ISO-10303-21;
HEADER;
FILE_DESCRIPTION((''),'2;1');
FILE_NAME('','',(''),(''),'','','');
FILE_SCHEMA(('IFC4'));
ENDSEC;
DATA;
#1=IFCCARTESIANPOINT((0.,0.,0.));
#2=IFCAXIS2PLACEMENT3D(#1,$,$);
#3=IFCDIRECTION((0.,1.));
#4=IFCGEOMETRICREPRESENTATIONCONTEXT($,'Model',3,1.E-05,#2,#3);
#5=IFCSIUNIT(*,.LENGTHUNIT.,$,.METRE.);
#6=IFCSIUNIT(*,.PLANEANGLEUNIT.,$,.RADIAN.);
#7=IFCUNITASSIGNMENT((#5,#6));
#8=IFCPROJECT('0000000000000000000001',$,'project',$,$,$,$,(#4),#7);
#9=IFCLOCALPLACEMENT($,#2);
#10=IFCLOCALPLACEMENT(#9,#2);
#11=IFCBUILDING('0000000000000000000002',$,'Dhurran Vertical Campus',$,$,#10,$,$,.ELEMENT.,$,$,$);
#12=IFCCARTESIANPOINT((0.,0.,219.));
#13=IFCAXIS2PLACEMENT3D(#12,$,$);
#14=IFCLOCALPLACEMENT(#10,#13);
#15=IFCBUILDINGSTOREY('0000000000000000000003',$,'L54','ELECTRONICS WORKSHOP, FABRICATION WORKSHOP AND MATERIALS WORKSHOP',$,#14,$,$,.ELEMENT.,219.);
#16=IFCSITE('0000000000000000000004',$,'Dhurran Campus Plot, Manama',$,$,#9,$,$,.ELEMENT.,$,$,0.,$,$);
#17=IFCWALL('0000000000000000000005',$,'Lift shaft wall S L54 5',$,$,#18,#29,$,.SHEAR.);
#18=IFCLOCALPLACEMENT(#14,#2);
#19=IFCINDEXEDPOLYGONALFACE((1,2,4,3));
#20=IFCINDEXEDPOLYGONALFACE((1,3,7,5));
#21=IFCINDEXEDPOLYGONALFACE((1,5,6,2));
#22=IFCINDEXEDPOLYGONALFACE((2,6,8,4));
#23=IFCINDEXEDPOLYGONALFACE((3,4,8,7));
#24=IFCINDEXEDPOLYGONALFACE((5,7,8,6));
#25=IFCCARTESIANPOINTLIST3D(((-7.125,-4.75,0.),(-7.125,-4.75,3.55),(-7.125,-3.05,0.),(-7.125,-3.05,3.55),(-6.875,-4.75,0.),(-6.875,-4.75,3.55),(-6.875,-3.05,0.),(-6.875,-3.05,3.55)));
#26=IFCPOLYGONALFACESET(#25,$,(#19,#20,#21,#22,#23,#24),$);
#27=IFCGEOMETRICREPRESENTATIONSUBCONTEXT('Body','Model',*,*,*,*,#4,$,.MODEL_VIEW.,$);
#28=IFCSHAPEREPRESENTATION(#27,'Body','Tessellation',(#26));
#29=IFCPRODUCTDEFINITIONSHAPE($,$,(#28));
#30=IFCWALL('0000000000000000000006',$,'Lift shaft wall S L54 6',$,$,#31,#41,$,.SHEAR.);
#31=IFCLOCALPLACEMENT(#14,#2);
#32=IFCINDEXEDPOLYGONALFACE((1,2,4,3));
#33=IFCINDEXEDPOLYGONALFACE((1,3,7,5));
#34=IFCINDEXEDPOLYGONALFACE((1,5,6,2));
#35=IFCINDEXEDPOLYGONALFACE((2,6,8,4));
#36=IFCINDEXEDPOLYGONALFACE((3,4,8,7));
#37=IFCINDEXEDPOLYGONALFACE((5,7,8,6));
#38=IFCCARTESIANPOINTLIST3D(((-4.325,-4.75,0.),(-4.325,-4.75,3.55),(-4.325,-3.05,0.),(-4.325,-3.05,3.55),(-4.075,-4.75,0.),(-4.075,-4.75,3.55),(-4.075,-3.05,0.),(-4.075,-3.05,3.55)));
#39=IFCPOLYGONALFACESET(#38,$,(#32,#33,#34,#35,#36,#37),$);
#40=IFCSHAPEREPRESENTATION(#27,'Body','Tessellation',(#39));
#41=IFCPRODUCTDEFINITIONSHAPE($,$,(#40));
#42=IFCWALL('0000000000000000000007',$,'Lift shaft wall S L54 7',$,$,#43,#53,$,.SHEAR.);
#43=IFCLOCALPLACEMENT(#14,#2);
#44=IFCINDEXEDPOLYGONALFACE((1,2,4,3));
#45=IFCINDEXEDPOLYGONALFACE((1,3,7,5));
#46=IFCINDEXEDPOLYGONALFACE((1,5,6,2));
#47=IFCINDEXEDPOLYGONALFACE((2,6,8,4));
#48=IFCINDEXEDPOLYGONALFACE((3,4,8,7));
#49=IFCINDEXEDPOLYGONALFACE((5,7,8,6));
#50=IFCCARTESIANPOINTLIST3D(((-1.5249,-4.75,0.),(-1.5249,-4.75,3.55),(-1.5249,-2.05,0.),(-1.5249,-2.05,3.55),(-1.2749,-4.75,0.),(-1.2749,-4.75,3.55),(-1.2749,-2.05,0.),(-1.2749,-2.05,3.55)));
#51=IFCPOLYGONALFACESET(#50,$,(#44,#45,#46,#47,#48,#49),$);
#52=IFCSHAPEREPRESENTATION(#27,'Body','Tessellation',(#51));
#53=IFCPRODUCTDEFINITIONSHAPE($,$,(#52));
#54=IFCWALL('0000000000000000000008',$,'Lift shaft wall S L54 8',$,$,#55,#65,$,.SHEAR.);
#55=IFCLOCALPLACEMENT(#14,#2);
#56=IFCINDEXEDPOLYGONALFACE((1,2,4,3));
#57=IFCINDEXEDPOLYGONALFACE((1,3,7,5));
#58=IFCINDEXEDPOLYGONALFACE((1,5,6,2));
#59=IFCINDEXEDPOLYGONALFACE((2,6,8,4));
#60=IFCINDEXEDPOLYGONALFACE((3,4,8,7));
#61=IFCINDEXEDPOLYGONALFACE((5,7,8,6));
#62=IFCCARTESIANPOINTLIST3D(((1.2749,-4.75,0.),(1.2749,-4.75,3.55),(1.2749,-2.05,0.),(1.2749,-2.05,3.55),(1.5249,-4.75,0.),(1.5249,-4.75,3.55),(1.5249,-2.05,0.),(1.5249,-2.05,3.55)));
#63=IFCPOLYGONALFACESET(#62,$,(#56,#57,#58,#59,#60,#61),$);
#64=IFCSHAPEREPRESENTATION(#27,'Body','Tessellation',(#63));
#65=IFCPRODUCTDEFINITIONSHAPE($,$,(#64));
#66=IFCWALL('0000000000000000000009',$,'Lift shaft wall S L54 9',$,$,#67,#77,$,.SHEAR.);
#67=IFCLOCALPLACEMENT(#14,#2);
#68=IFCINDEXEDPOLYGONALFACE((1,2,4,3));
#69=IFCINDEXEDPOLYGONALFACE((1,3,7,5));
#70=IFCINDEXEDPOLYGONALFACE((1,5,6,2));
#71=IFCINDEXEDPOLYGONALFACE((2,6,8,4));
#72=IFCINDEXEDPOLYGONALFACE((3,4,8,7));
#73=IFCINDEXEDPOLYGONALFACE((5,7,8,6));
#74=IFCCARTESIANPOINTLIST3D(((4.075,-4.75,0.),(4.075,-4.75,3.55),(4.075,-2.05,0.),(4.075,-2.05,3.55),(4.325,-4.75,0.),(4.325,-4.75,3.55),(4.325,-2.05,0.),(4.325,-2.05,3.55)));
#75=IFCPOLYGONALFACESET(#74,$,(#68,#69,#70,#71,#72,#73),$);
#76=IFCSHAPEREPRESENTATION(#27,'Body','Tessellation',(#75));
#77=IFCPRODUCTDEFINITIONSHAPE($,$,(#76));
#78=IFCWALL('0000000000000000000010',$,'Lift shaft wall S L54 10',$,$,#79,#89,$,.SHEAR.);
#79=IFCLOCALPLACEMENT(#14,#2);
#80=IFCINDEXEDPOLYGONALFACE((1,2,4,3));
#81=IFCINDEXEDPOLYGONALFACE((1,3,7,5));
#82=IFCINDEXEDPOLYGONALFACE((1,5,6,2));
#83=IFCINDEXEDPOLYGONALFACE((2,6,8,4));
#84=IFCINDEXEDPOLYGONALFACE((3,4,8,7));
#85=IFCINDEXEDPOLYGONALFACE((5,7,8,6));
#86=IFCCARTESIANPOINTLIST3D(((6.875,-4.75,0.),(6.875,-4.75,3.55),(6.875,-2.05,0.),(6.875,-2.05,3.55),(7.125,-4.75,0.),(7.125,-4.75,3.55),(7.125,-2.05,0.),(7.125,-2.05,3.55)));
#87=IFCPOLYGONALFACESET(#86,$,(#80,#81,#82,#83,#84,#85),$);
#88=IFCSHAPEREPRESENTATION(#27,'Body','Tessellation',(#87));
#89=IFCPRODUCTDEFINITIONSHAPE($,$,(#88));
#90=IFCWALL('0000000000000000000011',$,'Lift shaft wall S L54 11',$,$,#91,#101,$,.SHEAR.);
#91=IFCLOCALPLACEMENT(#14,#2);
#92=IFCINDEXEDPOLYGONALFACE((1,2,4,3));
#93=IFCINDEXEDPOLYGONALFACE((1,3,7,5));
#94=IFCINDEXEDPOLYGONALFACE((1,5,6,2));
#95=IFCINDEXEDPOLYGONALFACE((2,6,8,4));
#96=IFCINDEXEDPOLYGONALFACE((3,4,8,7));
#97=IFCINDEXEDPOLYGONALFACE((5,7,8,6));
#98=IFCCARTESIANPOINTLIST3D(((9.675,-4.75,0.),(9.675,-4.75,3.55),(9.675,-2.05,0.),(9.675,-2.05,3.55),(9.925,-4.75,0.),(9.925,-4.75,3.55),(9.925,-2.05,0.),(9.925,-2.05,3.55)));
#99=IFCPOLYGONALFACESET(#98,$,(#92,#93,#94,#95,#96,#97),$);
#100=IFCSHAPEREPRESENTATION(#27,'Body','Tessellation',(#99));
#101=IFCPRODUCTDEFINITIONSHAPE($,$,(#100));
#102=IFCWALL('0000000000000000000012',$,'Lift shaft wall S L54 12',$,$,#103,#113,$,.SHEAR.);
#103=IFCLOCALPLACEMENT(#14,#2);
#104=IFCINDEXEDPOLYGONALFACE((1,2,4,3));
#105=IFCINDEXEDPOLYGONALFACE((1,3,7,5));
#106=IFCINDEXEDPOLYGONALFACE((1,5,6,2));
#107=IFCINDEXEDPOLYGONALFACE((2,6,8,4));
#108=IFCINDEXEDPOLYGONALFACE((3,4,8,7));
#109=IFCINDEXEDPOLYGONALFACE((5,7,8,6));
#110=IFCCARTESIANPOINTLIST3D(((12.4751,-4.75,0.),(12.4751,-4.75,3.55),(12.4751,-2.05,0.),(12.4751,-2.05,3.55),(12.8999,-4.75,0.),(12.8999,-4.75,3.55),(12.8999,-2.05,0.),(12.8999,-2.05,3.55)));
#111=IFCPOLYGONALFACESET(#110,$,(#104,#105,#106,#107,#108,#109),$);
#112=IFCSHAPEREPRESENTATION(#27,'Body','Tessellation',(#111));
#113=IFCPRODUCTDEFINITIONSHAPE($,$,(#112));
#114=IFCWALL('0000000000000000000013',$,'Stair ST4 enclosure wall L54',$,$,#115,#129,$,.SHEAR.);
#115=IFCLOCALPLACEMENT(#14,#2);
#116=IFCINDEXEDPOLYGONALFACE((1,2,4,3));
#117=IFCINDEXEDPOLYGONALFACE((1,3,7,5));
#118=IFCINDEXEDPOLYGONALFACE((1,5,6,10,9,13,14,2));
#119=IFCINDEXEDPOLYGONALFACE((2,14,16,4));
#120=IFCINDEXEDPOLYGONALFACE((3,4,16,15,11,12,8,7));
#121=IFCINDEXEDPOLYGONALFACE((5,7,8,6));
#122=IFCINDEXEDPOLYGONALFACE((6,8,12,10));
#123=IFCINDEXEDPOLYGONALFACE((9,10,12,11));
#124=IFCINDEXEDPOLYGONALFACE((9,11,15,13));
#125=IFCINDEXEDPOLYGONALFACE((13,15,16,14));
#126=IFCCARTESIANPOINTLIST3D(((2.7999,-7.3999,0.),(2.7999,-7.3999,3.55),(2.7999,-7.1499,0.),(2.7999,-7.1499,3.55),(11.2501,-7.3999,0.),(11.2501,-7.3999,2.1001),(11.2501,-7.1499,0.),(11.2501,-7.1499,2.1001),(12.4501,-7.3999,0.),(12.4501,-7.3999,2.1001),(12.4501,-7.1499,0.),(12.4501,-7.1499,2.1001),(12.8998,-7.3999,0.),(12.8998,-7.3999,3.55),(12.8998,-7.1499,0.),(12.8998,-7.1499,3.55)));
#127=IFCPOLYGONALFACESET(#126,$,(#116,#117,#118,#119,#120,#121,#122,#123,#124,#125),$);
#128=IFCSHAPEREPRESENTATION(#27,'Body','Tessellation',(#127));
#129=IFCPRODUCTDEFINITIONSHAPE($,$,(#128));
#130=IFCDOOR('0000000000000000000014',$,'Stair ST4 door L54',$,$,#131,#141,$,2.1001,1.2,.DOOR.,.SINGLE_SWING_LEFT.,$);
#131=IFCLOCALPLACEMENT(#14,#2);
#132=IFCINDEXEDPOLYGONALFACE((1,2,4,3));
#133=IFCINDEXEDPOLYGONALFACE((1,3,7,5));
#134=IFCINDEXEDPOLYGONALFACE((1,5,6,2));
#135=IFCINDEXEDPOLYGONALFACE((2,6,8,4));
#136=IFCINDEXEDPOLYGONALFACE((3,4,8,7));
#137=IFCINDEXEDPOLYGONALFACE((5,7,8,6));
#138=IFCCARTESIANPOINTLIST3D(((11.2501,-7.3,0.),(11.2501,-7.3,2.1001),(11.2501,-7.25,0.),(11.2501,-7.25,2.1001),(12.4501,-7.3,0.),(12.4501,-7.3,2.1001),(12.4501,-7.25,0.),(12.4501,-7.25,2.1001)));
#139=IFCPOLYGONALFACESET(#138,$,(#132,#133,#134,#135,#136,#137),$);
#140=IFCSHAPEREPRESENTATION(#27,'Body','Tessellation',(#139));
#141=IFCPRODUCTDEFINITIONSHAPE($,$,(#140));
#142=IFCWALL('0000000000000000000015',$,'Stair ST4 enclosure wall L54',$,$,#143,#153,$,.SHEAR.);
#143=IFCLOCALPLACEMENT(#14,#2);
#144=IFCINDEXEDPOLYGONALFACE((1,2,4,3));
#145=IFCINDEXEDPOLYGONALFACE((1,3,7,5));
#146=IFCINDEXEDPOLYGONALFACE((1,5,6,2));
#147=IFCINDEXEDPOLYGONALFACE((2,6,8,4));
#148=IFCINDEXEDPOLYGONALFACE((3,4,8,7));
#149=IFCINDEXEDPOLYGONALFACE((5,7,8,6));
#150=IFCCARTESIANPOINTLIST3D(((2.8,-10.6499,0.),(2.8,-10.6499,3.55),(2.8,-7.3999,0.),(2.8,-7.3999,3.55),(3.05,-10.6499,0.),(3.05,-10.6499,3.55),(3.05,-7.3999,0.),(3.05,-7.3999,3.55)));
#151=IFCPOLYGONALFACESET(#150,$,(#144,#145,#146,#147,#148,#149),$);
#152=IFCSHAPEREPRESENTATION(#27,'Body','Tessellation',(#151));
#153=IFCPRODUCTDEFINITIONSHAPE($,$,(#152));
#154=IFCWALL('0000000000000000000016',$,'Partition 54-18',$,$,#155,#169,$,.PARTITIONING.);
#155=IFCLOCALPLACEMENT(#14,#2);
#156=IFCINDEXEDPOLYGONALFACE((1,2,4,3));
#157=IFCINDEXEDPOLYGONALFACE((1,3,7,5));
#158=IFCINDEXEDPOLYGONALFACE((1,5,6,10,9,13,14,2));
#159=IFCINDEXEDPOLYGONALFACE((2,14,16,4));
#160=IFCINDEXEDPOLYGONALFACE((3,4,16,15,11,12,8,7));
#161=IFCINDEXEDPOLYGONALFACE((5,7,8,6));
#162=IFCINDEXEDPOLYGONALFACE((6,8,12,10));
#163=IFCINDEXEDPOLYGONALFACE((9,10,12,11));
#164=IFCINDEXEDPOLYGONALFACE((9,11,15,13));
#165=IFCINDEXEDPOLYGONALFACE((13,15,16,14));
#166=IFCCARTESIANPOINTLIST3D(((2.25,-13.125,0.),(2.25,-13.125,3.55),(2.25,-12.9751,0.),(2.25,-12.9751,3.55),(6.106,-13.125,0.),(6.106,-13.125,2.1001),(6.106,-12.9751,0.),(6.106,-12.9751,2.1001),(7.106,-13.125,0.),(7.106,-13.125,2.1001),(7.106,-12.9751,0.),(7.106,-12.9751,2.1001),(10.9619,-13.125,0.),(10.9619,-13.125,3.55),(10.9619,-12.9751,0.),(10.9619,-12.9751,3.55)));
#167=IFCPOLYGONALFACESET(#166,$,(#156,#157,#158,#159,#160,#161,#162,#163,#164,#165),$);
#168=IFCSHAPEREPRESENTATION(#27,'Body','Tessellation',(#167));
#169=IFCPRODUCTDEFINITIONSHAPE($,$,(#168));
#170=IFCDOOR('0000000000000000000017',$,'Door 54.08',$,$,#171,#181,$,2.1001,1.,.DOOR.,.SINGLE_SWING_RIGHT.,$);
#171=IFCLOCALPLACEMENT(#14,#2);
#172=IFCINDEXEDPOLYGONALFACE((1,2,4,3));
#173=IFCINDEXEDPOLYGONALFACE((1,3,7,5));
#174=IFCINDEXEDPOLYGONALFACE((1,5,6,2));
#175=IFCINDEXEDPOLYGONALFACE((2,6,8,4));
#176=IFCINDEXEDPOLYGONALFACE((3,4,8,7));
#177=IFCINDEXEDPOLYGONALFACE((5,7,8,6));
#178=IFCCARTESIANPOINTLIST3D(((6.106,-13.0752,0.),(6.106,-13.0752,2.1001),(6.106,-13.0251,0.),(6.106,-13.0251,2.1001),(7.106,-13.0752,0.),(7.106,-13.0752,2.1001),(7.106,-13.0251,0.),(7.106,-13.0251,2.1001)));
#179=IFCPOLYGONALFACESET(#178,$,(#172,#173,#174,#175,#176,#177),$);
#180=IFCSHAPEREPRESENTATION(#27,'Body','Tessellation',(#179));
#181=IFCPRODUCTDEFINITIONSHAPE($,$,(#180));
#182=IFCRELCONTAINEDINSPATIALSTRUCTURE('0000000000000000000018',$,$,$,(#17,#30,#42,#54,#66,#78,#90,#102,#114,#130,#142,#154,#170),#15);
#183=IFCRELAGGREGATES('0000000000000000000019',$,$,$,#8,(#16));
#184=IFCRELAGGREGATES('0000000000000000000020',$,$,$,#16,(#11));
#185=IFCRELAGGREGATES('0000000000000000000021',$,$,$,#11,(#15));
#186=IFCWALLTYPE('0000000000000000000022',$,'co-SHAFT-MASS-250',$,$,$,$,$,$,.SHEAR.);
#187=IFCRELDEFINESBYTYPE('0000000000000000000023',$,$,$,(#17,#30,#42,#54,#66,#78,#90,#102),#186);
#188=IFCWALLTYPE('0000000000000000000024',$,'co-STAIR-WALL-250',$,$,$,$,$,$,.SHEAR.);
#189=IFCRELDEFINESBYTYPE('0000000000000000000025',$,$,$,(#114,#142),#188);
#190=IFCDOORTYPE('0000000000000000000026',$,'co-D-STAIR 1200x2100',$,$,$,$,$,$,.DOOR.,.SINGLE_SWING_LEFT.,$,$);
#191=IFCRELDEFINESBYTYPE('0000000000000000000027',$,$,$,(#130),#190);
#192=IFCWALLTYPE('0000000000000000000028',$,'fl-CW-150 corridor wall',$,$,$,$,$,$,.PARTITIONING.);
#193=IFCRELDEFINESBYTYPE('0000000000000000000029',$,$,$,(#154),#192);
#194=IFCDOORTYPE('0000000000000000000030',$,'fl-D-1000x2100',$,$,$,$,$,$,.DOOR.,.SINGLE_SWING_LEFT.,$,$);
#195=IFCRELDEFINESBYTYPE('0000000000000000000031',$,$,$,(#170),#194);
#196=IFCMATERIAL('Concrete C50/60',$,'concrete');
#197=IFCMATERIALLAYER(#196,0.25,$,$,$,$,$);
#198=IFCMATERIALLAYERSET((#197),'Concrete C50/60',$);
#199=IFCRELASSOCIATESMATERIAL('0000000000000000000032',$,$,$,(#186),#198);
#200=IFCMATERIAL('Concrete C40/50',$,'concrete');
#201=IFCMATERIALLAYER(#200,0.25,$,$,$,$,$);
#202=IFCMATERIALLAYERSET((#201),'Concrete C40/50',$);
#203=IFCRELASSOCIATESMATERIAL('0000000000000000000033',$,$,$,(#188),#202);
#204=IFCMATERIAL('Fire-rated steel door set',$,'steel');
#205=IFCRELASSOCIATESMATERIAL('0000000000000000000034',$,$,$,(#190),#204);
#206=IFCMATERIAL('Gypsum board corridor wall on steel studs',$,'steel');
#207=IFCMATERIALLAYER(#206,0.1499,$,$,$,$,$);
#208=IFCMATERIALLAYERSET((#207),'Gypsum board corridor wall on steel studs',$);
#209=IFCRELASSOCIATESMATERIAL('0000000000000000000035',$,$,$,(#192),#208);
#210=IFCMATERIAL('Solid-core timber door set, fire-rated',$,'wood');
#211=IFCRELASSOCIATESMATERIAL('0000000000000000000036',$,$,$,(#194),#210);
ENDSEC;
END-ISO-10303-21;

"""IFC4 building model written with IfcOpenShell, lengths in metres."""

from ifc_helpers import new_model, si_unit, direction, frame, frame_2d, origin, place, context, subcontext, project, spatial, polyline, rectangle, outline, extrude, material, layer, layer_set, type_object, element, fill, save


model = new_model("IFC4")

# Units and contexts
model_context = context("Model", 3, precision=1e-05, world=origin(), true_north=direction((0.0, 1.0)))
body_context = subcontext(model_context, "Body", "Model", "MODEL_VIEW")
ifc_project = project(units=[si_unit("LENGTHUNIT", "METRE"), si_unit("PLANEANGLEUNIT", "RADIAN")], contexts=[model_context])

# Site, building, storey
site_placement = place(None, origin())
site = spatial("IfcSite", under=ifc_project, at=site_placement, Name="Dhurran Campus Plot, Manama", CompositionType="ELEMENT", RefElevation=0.0)
building_placement = place(site_placement, origin())
building = spatial("IfcBuilding", under=site, at=building_placement, Name="Dhurran Vertical Campus", CompositionType="ELEMENT")
storey_placement = place(building_placement, frame((0.0, 0.0, 219.0)))
storey = spatial("IfcBuildingStorey", under=building, at=storey_placement, Name="L54", Description="ELECTRONICS WORKSHOP, FABRICATION WORKSHOP AND MATERIALS WORKSHOP", CompositionType="ELEMENT", Elevation=219.0)

# Walls
ifc_material_1 = material(Name="Concrete C50/60", Category="concrete")
ifc_layer_1 = layer(ifc_material_1, 0.25)
ifc_layer_set_1 = layer_set([ifc_layer_1], Name="Concrete C50/60")
wall_type_1 = type_object("IfcWallType", Name="co-SHAFT-MASS-250", PredefinedType="SHEAR", material=ifc_layer_set_1)
wall_1_placement = place(storey_placement, origin())
element("IfcWall", 1, at=wall_1_placement, inside=storey, type_object=wall_type_1, Name="Lift shaft wall S L54 5", PredefinedType="SHEAR", context=body_context, shape_type="SweptSolid", body=[
    extrude(outline(polyline([(-7.125, -4.75), (-6.875, -4.75), (-6.875, -3.05), (-7.125, -3.05), (-7.125, -4.75)])), origin(), (0.0, 0.0, 1.0), 3.55),
])
wall_2_placement = place(storey_placement, origin())
element("IfcWall", 2, at=wall_2_placement, inside=storey, type_object=wall_type_1, Name="Lift shaft wall S L54 6", PredefinedType="SHEAR", context=body_context, shape_type="SweptSolid", body=[
    extrude(outline(polyline([(-4.325, -4.75), (-4.075, -4.75), (-4.075, -3.05), (-4.325, -3.05), (-4.325, -4.75)])), origin(), (0.0, 0.0, 1.0), 3.55),
])
wall_3_placement = place(storey_placement, origin())
element("IfcWall", 3, at=wall_3_placement, inside=storey, type_object=wall_type_1, Name="Lift shaft wall S L54 7", PredefinedType="SHEAR", context=body_context, shape_type="SweptSolid", body=[
    extrude(outline(polyline([(-1.5249, -4.75), (-1.2749, -4.75), (-1.2749, -2.05), (-1.5249, -2.05), (-1.5249, -4.75)])), origin(), (0.0, 0.0, 1.0), 3.55),
])
wall_4_placement = place(storey_placement, origin())
element("IfcWall", 4, at=wall_4_placement, inside=storey, type_object=wall_type_1, Name="Lift shaft wall S L54 8", PredefinedType="SHEAR", context=body_context, shape_type="SweptSolid", body=[
    extrude(outline(polyline([(1.2749, -4.75), (1.5249, -4.75), (1.5249, -2.05), (1.2749, -2.05), (1.2749, -4.75)])), origin(), (0.0, 0.0, 1.0), 3.55),
])
wall_5_placement = place(storey_placement, origin())
element("IfcWall", 5, at=wall_5_placement, inside=storey, type_object=wall_type_1, Name="Lift shaft wall S L54 9", PredefinedType="SHEAR", context=body_context, shape_type="SweptSolid", body=[
    extrude(outline(polyline([(4.075, -4.75), (4.325, -4.75), (4.325, -2.05), (4.075, -2.05), (4.075, -4.75)])), origin(), (0.0, 0.0, 1.0), 3.55),
])
wall_6_placement = place(storey_placement, origin())
element("IfcWall", 6, at=wall_6_placement, inside=storey, type_object=wall_type_1, Name="Lift shaft wall S L54 10", PredefinedType="SHEAR", context=body_context, shape_type="SweptSolid", body=[
    extrude(outline(polyline([(6.875, -4.75), (7.125, -4.75), (7.125, -2.05), (6.875, -2.05), (6.875, -4.75)])), origin(), (0.0, 0.0, 1.0), 3.55),
])
wall_7_placement = place(storey_placement, origin())
element("IfcWall", 7, at=wall_7_placement, inside=storey, type_object=wall_type_1, Name="Lift shaft wall S L54 11", PredefinedType="SHEAR", context=body_context, shape_type="SweptSolid", body=[
    extrude(outline(polyline([(9.675, -4.75), (9.925, -4.75), (9.925, -2.05), (9.675, -2.05), (9.675, -4.75)])), origin(), (0.0, 0.0, 1.0), 3.55),
])
wall_8_placement = place(storey_placement, origin())
element("IfcWall", 8, at=wall_8_placement, inside=storey, type_object=wall_type_1, Name="Lift shaft wall S L54 12", PredefinedType="SHEAR", context=body_context, shape_type="SweptSolid", body=[
    extrude(outline(polyline([(12.4751, -4.75), (12.8999, -4.75), (12.8999, -2.05), (12.4751, -2.05), (12.4751, -4.75)])), origin(), (0.0, 0.0, 1.0), 3.55),
])

# Wall, opening, door
ifc_material_2 = material(Name="Concrete C40/50", Category="concrete")
ifc_layer_2 = layer(ifc_material_2, 0.25)
ifc_layer_set_2 = layer_set([ifc_layer_2], Name="Concrete C40/50")
wall_type_2 = type_object("IfcWallType", Name="co-STAIR-WALL-250", PredefinedType="SHEAR", material=ifc_layer_set_2)
wall_9_placement = place(storey_placement, frame((2.8, -7.2749, 0.0), z_axis=(0.0, 0.0, 1.0), x_axis=(1.0, 0.0, 0.0)))
wall_9 = element("IfcWall", 9, at=wall_9_placement, inside=storey, type_object=wall_type_2, Name="Stair ST4 enclosure wall L54", PredefinedType="SHEAR", context=body_context, shape_type="SweptSolid", body=[
    extrude(rectangle(XDim=10.0999, YDim=0.25, at=frame_2d((5.0498, 0.0))), origin(), (0.0, 0.0, 1.0), 3.55),
])
opening_1_placement = place(wall_9_placement, frame((8.45, 0.0, 0.0)))
opening_1 = element("IfcOpeningElement", 10, at=opening_1_placement, cuts=wall_9, PredefinedType="OPENING", context=body_context, shape_type="SweptSolid", body=[
    extrude(rectangle(XDim=1.2, YDim=2.1001, at=frame_2d((0.6001, 1.05))), frame((0.0, 0.135, 0.0), z_axis=(0.0, -1.0, 0.0), x_axis=(1.0, 0.0, 0.0)), (0.0, 0.0, 1.0), 0.27),
])
ifc_material_3 = material(Name="Fire-rated steel door set", Category="steel")
door_type_1 = type_object("IfcDoorType", Name="co-D-STAIR 1200x2100", OperationType="SINGLE_SWING_LEFT", PredefinedType="DOOR", material=ifc_material_3)
door_1_placement = place(opening_1_placement, origin())
door_1 = element("IfcDoor", 11, at=door_1_placement, inside=storey, type_object=door_type_1, Name="Stair ST4 door L54", OperationType="SINGLE_SWING_LEFT", OverallHeight=2.1001, OverallWidth=1.2, PredefinedType="DOOR", context=body_context, shape_type="SweptSolid", body=[
    extrude(rectangle(XDim=1.2, YDim=2.1001, at=frame_2d((0.6001, 1.05))), frame((0.0, 0.0249, 0.0), z_axis=(0.0, -1.0, 0.0), x_axis=(1.0, 0.0, 0.0)), (0.0, 0.0, 1.0), 0.05),
])
fill(opening_1, door_1)

# Wall
wall_10_placement = place(storey_placement, frame((2.925, -10.6499, 0.0), z_axis=(0.0, 0.0, 1.0), x_axis=(0.0, 1.0, 0.0)))
element("IfcWall", 12, at=wall_10_placement, inside=storey, type_object=wall_type_2, Name="Stair ST4 enclosure wall L54", PredefinedType="SHEAR", context=body_context, shape_type="SweptSolid", body=[
    extrude(rectangle(XDim=3.25, YDim=0.25, at=frame_2d((1.625, 0.0))), origin(), (0.0, 0.0, 1.0), 3.55),
])

# Wall, opening, door
ifc_material_4 = material(Name="Gypsum board corridor wall on steel studs", Category="steel")
ifc_layer_3 = layer(ifc_material_4, 0.1499)
ifc_layer_set_3 = layer_set([ifc_layer_3], Name="Gypsum board corridor wall on steel studs")
wall_type_3 = type_object("IfcWallType", Name="fl-CW-150 corridor wall", PredefinedType="PARTITIONING", material=ifc_layer_set_3)
wall_11_placement = place(storey_placement, frame((2.25, -13.05, 0.0), z_axis=(0.0, 0.0, 1.0), x_axis=(1.0, 0.0, 0.0)))
wall_11 = element("IfcWall", 13, at=wall_11_placement, inside=storey, type_object=wall_type_3, Name="Partition 54-18", PredefinedType="PARTITIONING", context=body_context, shape_type="SweptSolid", body=[
    extrude(rectangle(XDim=8.7119, YDim=0.1499, at=frame_2d((4.356, 0.0))), origin(), (0.0, 0.0, 1.0), 3.55),
])
opening_2_placement = place(wall_11_placement, frame((3.856, 0.0, 0.0)))
opening_2 = element("IfcOpeningElement", 14, at=opening_2_placement, cuts=wall_11, PredefinedType="OPENING", context=body_context, shape_type="SweptSolid", body=[
    extrude(rectangle(XDim=1.0, YDim=2.1001, at=frame_2d((0.5, 1.05))), frame((0.0, 0.085, 0.0), z_axis=(0.0, -1.0, 0.0), x_axis=(1.0, 0.0, 0.0)), (0.0, 0.0, 1.0), 0.1699),
])
ifc_material_5 = material(Name="Solid-core timber door set, fire-rated", Category="wood")
door_type_2 = type_object("IfcDoorType", Name="fl-D-1000x2100", OperationType="SINGLE_SWING_LEFT", PredefinedType="DOOR", material=ifc_material_5)
door_2_placement = place(opening_2_placement, origin())
door_2 = element("IfcDoor", 15, at=door_2_placement, inside=storey, type_object=door_type_2, Name="Door 54.08", OperationType="SINGLE_SWING_RIGHT", OverallHeight=2.1001, OverallWidth=1.0, PredefinedType="DOOR", context=body_context, shape_type="SweptSolid", body=[
    extrude(rectangle(XDim=1.0, YDim=2.1001, at=frame_2d((0.5, 1.05))), frame((0.0, 0.0249, 0.0), z_axis=(0.0, -1.0, 0.0), x_axis=(1.0, 0.0, 0.0)), (0.0, 0.0, 1.0), 0.05),
])
fill(opening_2, door_2)

save(model, "model.ifc")
